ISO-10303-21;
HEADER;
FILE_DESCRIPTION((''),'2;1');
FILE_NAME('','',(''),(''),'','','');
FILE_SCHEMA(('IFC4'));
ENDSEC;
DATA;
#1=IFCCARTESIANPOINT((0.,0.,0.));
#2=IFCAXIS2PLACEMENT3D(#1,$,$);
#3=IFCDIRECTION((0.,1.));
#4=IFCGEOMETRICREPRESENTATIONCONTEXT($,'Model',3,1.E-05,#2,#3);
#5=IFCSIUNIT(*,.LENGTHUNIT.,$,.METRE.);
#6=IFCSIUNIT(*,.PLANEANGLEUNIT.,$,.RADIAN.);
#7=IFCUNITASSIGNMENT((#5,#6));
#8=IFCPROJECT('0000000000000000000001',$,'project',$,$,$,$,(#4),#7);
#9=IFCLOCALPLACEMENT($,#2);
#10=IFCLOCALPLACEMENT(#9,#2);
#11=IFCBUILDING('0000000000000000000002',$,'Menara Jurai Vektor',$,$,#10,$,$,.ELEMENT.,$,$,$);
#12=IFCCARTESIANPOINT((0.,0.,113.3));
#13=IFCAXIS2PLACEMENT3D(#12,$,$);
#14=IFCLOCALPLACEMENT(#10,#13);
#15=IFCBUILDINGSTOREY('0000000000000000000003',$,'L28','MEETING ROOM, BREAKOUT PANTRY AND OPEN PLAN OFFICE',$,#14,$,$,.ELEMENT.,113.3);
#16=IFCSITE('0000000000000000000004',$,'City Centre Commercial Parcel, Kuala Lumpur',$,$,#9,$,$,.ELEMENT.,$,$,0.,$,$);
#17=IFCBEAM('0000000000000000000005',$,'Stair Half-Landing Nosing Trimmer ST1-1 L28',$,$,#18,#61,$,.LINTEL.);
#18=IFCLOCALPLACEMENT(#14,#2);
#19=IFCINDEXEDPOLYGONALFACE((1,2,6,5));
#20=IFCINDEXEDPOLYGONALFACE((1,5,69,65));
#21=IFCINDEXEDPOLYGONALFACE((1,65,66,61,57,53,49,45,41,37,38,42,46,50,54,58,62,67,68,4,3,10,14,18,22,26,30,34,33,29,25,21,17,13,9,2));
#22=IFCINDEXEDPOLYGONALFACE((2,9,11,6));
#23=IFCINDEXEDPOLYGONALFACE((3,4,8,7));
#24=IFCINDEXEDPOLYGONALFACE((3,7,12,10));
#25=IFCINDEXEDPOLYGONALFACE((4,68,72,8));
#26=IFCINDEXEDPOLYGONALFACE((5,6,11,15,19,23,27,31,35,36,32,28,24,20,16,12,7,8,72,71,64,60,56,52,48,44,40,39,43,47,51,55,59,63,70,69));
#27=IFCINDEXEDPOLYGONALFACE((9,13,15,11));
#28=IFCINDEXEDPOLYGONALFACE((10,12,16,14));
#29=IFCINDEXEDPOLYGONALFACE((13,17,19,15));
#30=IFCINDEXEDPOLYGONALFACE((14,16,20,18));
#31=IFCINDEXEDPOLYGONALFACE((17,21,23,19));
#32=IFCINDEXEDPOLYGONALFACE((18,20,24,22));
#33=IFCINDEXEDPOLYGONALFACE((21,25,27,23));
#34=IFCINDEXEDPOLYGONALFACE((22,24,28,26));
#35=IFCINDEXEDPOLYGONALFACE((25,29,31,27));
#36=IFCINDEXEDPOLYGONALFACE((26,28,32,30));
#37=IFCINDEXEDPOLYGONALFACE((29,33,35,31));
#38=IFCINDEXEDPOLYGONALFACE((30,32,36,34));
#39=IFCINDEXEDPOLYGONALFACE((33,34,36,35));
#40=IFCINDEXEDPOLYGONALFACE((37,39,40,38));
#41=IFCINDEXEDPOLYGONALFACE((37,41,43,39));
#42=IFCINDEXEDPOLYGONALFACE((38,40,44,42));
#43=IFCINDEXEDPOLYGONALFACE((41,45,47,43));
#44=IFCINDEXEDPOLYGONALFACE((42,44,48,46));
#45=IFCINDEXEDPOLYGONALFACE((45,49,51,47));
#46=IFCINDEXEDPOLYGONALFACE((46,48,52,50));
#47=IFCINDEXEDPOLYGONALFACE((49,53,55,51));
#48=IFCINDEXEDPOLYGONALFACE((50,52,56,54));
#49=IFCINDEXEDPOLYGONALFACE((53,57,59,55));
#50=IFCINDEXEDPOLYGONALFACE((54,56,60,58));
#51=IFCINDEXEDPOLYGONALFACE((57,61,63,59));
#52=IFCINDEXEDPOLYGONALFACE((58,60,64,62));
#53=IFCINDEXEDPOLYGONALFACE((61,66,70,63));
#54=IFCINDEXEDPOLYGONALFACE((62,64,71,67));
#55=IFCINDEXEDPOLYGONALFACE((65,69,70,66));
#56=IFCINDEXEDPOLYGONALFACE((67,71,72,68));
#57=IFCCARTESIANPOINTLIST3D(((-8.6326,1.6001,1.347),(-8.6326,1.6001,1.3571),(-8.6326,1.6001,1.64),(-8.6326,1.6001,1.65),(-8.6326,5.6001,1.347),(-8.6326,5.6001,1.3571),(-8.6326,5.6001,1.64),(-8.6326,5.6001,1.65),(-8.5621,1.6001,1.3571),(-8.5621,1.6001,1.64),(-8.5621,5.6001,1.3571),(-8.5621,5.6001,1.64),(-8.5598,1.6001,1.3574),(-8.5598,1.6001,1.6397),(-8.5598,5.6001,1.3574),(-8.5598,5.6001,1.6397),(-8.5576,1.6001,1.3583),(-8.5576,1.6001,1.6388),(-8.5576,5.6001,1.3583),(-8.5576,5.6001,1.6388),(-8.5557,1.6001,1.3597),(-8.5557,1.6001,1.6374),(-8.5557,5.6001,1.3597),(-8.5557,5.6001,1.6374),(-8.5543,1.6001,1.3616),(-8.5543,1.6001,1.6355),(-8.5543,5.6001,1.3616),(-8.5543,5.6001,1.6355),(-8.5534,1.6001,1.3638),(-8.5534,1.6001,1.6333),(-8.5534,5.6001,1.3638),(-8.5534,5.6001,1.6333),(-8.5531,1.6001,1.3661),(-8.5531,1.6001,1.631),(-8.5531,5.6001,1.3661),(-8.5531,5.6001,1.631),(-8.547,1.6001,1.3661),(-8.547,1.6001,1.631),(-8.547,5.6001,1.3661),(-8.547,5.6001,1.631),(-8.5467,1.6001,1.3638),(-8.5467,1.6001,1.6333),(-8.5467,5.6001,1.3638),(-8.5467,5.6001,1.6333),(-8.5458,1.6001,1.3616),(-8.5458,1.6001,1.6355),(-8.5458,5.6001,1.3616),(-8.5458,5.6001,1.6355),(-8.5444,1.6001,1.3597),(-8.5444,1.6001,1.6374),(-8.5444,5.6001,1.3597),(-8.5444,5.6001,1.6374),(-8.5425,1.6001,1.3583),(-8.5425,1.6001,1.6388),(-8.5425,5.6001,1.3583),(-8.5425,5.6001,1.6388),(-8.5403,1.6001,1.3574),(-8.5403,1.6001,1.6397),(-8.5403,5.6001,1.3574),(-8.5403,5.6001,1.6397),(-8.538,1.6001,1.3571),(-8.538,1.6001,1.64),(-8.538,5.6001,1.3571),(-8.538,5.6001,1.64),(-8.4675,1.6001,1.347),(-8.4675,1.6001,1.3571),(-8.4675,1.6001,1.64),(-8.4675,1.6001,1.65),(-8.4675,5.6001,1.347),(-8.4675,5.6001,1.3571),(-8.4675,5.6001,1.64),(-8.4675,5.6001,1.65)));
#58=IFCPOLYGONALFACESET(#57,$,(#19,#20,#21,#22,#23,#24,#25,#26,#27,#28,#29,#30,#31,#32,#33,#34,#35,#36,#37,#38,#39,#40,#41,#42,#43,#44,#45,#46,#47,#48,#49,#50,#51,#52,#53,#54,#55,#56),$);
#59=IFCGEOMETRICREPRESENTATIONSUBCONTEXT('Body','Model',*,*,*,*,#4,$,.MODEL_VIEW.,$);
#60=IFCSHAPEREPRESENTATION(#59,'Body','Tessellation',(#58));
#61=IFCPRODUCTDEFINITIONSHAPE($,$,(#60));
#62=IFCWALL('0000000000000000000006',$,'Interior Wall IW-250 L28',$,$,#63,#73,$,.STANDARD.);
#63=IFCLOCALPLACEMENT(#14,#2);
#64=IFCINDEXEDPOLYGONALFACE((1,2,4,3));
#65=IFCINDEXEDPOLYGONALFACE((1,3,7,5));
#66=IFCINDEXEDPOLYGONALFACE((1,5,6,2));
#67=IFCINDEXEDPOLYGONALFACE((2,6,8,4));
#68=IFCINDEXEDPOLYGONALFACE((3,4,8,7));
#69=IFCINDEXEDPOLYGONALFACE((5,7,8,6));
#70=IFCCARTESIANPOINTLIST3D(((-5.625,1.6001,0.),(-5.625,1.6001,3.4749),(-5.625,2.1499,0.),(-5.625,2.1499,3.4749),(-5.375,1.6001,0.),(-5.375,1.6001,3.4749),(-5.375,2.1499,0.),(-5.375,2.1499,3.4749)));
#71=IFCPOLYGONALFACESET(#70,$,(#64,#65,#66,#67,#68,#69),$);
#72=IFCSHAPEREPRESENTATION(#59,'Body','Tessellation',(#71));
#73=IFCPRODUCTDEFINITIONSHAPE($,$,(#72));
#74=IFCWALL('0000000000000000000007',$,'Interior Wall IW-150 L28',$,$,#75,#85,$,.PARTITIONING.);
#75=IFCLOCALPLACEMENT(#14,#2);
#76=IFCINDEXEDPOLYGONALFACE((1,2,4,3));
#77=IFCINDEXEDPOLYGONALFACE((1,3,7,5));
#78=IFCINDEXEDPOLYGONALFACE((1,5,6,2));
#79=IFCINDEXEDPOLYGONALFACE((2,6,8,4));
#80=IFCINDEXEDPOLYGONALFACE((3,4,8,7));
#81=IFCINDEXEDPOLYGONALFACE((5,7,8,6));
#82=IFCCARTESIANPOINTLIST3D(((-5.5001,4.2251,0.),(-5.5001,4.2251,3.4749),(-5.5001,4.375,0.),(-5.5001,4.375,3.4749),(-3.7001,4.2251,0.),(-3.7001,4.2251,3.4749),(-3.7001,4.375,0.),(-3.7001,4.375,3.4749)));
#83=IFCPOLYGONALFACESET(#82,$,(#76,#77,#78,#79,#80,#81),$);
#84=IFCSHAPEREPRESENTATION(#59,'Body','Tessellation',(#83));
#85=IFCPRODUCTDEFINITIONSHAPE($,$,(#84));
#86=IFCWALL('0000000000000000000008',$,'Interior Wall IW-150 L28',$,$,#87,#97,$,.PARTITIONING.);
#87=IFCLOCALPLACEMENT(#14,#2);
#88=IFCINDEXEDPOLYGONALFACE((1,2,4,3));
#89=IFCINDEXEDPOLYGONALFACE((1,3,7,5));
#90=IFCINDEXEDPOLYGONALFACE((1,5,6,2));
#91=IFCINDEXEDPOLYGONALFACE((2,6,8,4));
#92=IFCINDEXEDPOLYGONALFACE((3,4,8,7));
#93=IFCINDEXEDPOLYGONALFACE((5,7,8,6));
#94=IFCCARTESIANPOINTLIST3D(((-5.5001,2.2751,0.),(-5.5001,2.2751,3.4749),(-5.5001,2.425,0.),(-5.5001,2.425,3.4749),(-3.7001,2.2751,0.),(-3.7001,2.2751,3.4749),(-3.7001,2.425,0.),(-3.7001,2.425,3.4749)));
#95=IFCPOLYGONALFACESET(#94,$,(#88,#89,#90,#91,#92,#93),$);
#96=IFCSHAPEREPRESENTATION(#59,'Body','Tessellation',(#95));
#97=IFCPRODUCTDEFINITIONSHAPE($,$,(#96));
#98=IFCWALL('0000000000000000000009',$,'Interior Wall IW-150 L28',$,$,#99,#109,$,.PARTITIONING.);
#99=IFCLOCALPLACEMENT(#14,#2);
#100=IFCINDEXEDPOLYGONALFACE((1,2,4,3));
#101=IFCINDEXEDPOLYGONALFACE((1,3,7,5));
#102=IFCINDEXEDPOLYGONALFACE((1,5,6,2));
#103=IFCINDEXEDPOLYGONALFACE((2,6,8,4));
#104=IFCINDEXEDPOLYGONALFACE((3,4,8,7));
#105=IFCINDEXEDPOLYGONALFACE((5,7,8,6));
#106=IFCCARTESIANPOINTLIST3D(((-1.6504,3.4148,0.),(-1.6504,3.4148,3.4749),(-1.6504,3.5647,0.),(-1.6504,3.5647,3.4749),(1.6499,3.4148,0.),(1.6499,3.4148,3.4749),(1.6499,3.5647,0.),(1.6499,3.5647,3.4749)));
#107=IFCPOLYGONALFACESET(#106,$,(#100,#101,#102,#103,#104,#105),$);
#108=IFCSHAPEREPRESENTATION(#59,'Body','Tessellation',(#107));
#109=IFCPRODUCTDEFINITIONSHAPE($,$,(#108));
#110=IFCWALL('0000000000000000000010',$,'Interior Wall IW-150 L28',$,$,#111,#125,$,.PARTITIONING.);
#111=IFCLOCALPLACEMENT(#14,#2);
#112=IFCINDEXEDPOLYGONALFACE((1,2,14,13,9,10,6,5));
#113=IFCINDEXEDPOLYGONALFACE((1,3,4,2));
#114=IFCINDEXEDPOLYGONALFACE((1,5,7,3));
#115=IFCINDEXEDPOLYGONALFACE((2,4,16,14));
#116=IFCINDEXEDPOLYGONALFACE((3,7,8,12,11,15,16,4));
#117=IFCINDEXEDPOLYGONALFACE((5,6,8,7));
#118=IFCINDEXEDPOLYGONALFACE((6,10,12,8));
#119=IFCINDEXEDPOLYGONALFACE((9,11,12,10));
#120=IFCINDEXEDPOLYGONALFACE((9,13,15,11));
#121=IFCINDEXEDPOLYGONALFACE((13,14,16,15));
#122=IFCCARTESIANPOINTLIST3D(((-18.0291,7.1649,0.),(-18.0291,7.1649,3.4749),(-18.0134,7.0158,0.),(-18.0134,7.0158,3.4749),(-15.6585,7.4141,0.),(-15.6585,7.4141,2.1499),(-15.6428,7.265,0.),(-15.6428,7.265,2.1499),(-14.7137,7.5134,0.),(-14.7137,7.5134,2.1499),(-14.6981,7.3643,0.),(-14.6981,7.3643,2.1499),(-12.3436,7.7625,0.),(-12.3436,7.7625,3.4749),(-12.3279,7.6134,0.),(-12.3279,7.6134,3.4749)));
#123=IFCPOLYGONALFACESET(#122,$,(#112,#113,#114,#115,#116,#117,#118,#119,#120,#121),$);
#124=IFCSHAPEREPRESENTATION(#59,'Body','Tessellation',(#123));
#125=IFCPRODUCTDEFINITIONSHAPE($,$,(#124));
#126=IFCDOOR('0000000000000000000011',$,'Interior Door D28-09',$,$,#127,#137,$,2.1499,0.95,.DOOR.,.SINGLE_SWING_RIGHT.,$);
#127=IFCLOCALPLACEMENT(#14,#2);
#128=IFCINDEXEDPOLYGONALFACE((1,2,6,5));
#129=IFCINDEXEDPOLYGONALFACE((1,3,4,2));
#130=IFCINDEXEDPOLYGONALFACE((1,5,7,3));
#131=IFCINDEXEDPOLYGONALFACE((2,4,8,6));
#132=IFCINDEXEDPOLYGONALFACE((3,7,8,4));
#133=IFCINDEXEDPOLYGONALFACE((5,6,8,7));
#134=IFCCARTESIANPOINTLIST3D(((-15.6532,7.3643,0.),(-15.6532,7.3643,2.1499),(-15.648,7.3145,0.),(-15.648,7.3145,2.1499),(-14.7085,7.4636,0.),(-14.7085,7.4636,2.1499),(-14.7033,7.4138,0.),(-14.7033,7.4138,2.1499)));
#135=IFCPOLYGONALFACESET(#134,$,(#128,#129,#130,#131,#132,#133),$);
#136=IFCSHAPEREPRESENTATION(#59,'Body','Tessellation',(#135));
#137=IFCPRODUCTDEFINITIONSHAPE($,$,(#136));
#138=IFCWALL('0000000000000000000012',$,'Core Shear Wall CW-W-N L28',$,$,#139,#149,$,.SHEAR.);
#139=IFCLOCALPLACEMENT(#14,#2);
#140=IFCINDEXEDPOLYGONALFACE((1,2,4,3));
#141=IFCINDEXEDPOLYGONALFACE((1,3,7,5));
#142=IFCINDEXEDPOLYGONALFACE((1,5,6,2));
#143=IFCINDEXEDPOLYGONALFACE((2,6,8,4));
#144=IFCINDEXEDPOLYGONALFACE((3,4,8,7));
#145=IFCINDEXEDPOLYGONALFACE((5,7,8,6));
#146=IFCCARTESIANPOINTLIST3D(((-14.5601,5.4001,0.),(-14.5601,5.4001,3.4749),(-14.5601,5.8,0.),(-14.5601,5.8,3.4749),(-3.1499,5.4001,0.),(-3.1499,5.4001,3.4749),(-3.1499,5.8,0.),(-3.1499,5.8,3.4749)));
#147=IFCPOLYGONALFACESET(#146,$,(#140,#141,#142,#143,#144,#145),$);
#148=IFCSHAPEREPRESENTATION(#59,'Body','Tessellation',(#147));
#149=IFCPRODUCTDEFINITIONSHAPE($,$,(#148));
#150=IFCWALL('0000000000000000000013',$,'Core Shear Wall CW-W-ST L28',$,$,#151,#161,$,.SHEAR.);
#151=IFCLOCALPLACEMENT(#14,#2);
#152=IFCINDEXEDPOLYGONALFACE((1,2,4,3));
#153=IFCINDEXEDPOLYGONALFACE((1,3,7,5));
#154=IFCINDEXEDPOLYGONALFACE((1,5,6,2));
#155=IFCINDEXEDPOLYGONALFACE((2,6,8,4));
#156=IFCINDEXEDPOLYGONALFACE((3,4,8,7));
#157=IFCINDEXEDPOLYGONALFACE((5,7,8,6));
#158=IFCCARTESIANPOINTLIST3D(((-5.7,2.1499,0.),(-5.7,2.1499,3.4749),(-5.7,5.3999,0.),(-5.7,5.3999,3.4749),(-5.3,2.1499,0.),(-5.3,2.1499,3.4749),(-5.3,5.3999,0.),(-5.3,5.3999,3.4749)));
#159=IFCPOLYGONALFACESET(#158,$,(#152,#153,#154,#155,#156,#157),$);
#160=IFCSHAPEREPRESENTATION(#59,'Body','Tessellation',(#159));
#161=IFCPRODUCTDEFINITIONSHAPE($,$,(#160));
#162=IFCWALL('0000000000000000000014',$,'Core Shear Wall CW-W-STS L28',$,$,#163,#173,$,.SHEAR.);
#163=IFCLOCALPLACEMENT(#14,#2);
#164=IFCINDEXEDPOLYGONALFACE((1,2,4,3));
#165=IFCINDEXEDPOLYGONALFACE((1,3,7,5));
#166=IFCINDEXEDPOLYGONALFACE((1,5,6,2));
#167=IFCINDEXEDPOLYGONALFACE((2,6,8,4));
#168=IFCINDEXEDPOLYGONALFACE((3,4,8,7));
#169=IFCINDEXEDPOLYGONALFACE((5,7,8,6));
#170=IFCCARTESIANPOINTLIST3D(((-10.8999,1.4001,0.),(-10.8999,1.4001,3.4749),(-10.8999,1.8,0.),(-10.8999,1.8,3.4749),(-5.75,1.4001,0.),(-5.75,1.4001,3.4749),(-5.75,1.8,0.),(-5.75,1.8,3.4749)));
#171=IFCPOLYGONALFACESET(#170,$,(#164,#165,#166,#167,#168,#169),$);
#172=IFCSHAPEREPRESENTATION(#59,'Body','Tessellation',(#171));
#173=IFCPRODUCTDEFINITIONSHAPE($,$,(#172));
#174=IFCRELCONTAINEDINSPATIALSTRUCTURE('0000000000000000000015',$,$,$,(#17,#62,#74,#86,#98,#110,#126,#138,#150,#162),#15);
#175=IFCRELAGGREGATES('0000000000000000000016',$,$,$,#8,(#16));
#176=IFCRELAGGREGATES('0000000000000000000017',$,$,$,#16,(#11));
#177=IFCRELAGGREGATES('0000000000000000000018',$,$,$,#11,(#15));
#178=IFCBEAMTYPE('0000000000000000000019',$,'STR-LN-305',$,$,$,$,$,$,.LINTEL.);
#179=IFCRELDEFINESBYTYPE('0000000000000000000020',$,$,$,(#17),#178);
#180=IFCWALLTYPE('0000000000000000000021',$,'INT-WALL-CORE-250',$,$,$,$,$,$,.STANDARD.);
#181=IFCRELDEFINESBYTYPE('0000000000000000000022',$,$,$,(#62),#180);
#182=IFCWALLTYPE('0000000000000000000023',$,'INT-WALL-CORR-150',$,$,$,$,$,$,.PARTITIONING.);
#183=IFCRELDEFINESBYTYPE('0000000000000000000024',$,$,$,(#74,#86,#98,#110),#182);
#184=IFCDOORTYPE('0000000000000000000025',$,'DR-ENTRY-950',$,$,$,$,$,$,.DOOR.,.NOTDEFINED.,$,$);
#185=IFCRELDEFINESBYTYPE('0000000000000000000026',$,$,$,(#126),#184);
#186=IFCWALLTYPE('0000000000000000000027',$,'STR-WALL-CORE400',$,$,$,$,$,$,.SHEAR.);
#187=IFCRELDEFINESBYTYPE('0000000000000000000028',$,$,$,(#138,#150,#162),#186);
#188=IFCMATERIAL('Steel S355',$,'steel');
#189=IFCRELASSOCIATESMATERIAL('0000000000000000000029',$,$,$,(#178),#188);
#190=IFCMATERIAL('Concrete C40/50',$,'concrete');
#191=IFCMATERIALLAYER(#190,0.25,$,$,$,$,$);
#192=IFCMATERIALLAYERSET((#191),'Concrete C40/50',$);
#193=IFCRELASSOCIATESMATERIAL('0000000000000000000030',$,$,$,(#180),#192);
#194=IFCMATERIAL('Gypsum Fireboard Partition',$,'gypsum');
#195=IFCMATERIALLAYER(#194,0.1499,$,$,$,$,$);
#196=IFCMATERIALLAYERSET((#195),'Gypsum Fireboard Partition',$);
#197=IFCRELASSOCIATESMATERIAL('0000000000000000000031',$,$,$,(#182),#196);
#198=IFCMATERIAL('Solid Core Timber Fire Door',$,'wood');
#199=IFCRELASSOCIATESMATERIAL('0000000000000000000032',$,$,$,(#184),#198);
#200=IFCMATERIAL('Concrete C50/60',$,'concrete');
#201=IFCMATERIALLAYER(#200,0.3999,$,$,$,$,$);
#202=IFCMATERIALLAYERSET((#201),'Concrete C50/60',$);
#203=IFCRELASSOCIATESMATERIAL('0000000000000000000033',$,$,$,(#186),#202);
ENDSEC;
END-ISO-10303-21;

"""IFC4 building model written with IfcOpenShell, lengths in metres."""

from ifc_helpers import new_model, si_unit, direction, frame, frame_2d, origin, origin_2d, place, context, subcontext, project, spatial, rectangle, i_section, extrude, material, layer, layer_set, material_profile, profile_set, type_object, element, fill, save


model = new_model("IFC4")

# Units and contexts
model_context = context("Model", 3, precision=1e-05, world=origin(), true_north=direction((0.0, 1.0)))
body_context = subcontext(model_context, "Body", "Model", "MODEL_VIEW")
ifc_project = project(units=[si_unit("LENGTHUNIT", "METRE"), si_unit("PLANEANGLEUNIT", "RADIAN")], contexts=[model_context])

# Site, building, storey
site_placement = place(None, origin())
site = spatial("IfcSite", under=ifc_project, at=site_placement, Name="City Centre Commercial Parcel, Kuala Lumpur", CompositionType="ELEMENT", RefElevation=0.0)
building_placement = place(site_placement, origin())
building = spatial("IfcBuilding", under=site, at=building_placement, Name="Menara Jurai Vektor", CompositionType="ELEMENT")
storey_placement = place(building_placement, frame((0.0, 0.0, 113.3)))
storey = spatial("IfcBuildingStorey", under=building, at=storey_placement, Name="L28", Description="MEETING ROOM, BREAKOUT PANTRY AND OPEN PLAN OFFICE", CompositionType="ELEMENT", Elevation=113.3)

# Shared definitions
ifc_material_1 = material(Name="Concrete C50/60", Category="concrete")
ifc_material_2 = material(Name="Steel S355", Category="steel")

# Beam
ifc_material_profile_1 = material_profile(ifc_material_2, i_section(OverallWidth=0.165, OverallDepth=0.303, WebThickness=0.0061, FlangeThickness=0.01, FilletRadius=0.009, at=origin_2d()), Name="UKB 305x165x40")
ifc_profile_set_1 = profile_set([ifc_material_profile_1], Name="Steel S355")
beam_type_1 = type_object("IfcBeamType", Name="STR-LN-305", PredefinedType="LINTEL", material=ifc_profile_set_1)
beam_1_placement = place(storey_placement, frame((-8.55, 1.6001, 1.4985), z_axis=(0.0, 1.0, 0.0), x_axis=(-1.0, 0.0, 0.0)))
element("IfcBeam", 1, at=beam_1_placement, inside=storey, type_object=beam_type_1, Name="Stair Half-Landing Nosing Trimmer ST1-1 L28", PredefinedType="LINTEL", context=body_context, shape_type="SweptSolid", body=[
    extrude(i_section(OverallWidth=0.165, OverallDepth=0.303, WebThickness=0.0061, FlangeThickness=0.01, FilletRadius=0.009, at=origin_2d()), origin(), (0.0, 0.0, 1.0), 4.0),
])

# Shared definitions
ifc_material_3 = material(Name="Concrete C40/50", Category="concrete")
ifc_layer_1 = layer(ifc_material_3, 0.25)
ifc_layer_set_1 = layer_set([ifc_layer_1], Name="Concrete C40/50")
wall_type_1 = type_object("IfcWallType", Name="INT-WALL-CORE-250", PredefinedType="STANDARD", material=ifc_layer_set_1)

# Walls
wall_1_placement = place(storey_placement, frame((-5.5, 1.6001, 0.0), z_axis=(0.0, 0.0, 1.0), x_axis=(0.0, 1.0, 0.0)))
element("IfcWall", 2, at=wall_1_placement, inside=storey, type_object=wall_type_1, Name="Interior Wall IW-250 L28", PredefinedType="STANDARD", context=body_context, shape_type="SweptSolid", body=[
    extrude(rectangle(XDim=0.5498, YDim=0.25, at=frame_2d((0.2749, 0.0))), origin(), (0.0, 0.0, 1.0), 3.4749),
])
ifc_material_4 = material(Name="Gypsum Fireboard Partition", Category="gypsum")
ifc_layer_2 = layer(ifc_material_4, 0.1499)
ifc_layer_set_2 = layer_set([ifc_layer_2], Name="Gypsum Fireboard Partition")
wall_type_2 = type_object("IfcWallType", Name="INT-WALL-CORR-150", PredefinedType="PARTITIONING", material=ifc_layer_set_2)
for number, where, z_axis, x_axis, name in (
    (3, (-5.5, 4.3, 0.0), (0.0, 0.0, 1.0), (1.0, 0.0, 0.0), "Interior Wall IW-150 L28"),
    (4, (-5.5, 2.3501, 0.0), (0.0, 0.0, 1.0), (1.0, 0.0, 0.0), "Interior Wall IW-150 L28"),
):
    element("IfcWall", number, at=place(storey_placement, frame(where, z_axis=z_axis, x_axis=x_axis)), inside=storey, type_object=wall_type_2, Name=name, PredefinedType="PARTITIONING", context=body_context, shape_type="SweptSolid", body=[
        extrude(rectangle(XDim=1.8, YDim=0.1499, at=frame_2d((0.8999, 0.0))), origin(), (0.0, 0.0, 1.0), 3.4749),
    ])
wall_2_placement = place(storey_placement, frame((-1.6504, 3.4897, 0.0), z_axis=(0.0, 0.0, 1.0), x_axis=(1.0, 0.0, 0.0)))
element("IfcWall", 5, at=wall_2_placement, inside=storey, type_object=wall_type_2, Name="Interior Wall IW-150 L28", PredefinedType="PARTITIONING", context=body_context, shape_type="SweptSolid", body=[
    extrude(rectangle(XDim=3.3003, YDim=0.1499, at=frame_2d((1.6501, 0.0))), origin(), (0.0, 0.0, 1.0), 3.4749),
])

# Wall, opening, door
wall_3_placement = place(storey_placement, frame((-18.0212, 7.0903, 0.0), z_axis=(0.0, 0.0, 1.0), x_axis=(0.99452, 0.104543, 0.0)))
wall_3 = element("IfcWall", 6, at=wall_3_placement, inside=storey, type_object=wall_type_2, Name="Interior Wall IW-150 L28", PredefinedType="PARTITIONING", context=body_context, shape_type="SweptSolid", body=[
    extrude(rectangle(XDim=5.7168, YDim=0.1499, at=frame_2d((2.8584, 0.0))), origin(), (0.0, 0.0, 1.0), 3.4749),
])
opening_1_placement = place(wall_3_placement, frame((2.3835, 0.0, 0.0)))
opening_1 = element("IfcOpeningElement", 7, at=opening_1_placement, cuts=wall_3, PredefinedType="OPENING", context=body_context, shape_type="SweptSolid", body=[
    extrude(rectangle(XDim=0.95, YDim=2.1499, at=frame_2d((0.4751, 1.075))), frame((0.0, 0.085, 0.0), z_axis=(0.0, -1.0, 0.0), x_axis=(1.0, 0.0, 0.0)), (0.0, 0.0, 1.0), 0.1699),
])
ifc_material_5 = material(Name="Solid Core Timber Fire Door", Category="wood")
door_type_1 = type_object("IfcDoorType", Name="DR-ENTRY-950", OperationType="NOTDEFINED", PredefinedType="DOOR", material=ifc_material_5)
door_1_placement = place(opening_1_placement, origin())
door_1 = element("IfcDoor", 8, at=door_1_placement, inside=storey, type_object=door_type_1, Name="Interior Door D28-09", OperationType="SINGLE_SWING_RIGHT", OverallHeight=2.1499, OverallWidth=0.95, PredefinedType="DOOR", context=body_context, shape_type="SweptSolid", body=[
    extrude(rectangle(XDim=0.95, YDim=2.1499, at=frame_2d((0.4751, 1.075))), frame((0.0, 0.0249, 0.0), z_axis=(0.0, -1.0, 0.0), x_axis=(1.0, 0.0, 0.0)), (0.0, 0.0, 1.0), 0.05),
])
fill(opening_1, door_1)

# Walls
ifc_layer_3 = layer(ifc_material_1, 0.3999)
ifc_layer_set_3 = layer_set([ifc_layer_3], Name="Concrete C50/60")
wall_type_3 = type_object("IfcWallType", Name="STR-WALL-CORE400", PredefinedType="SHEAR", material=ifc_layer_set_3)
wall_4_placement = place(storey_placement, frame((-14.5601, 5.6001, 0.0), z_axis=(0.0, 0.0, 1.0), x_axis=(1.0, 0.0, 0.0)))
element("IfcWall", 9, at=wall_4_placement, inside=storey, type_object=wall_type_3, Name="Core Shear Wall CW-W-N L28", PredefinedType="SHEAR", context=body_context, shape_type="SweptSolid", body=[
    extrude(rectangle(XDim=11.4102, YDim=0.3999, at=frame_2d((5.7051, 0.0))), origin(), (0.0, 0.0, 1.0), 3.4749),
])
wall_5_placement = place(storey_placement, frame((-5.5, 2.1499, 0.0), z_axis=(0.0, 0.0, 1.0), x_axis=(0.0, 1.0, 0.0)))
element("IfcWall", 10, at=wall_5_placement, inside=storey, type_object=wall_type_3, Name="Core Shear Wall CW-W-ST L28", PredefinedType="SHEAR", context=body_context, shape_type="SweptSolid", body=[
    extrude(rectangle(XDim=3.25, YDim=0.3999, at=frame_2d((1.625, 0.0))), origin(), (0.0, 0.0, 1.0), 3.4749),
])
wall_6_placement = place(storey_placement, frame((-10.8999, 1.6001, 0.0), z_axis=(0.0, 0.0, 1.0), x_axis=(1.0, 0.0, 0.0)))
element("IfcWall", 11, at=wall_6_placement, inside=storey, type_object=wall_type_3, Name="Core Shear Wall CW-W-STS L28", PredefinedType="SHEAR", context=body_context, shape_type="SweptSolid", body=[
    extrude(rectangle(XDim=5.1499, YDim=0.3999, at=frame_2d((2.575, 0.0))), origin(), (0.0, 0.0, 1.0), 3.4749),
])

save(model, "model.ifc")
